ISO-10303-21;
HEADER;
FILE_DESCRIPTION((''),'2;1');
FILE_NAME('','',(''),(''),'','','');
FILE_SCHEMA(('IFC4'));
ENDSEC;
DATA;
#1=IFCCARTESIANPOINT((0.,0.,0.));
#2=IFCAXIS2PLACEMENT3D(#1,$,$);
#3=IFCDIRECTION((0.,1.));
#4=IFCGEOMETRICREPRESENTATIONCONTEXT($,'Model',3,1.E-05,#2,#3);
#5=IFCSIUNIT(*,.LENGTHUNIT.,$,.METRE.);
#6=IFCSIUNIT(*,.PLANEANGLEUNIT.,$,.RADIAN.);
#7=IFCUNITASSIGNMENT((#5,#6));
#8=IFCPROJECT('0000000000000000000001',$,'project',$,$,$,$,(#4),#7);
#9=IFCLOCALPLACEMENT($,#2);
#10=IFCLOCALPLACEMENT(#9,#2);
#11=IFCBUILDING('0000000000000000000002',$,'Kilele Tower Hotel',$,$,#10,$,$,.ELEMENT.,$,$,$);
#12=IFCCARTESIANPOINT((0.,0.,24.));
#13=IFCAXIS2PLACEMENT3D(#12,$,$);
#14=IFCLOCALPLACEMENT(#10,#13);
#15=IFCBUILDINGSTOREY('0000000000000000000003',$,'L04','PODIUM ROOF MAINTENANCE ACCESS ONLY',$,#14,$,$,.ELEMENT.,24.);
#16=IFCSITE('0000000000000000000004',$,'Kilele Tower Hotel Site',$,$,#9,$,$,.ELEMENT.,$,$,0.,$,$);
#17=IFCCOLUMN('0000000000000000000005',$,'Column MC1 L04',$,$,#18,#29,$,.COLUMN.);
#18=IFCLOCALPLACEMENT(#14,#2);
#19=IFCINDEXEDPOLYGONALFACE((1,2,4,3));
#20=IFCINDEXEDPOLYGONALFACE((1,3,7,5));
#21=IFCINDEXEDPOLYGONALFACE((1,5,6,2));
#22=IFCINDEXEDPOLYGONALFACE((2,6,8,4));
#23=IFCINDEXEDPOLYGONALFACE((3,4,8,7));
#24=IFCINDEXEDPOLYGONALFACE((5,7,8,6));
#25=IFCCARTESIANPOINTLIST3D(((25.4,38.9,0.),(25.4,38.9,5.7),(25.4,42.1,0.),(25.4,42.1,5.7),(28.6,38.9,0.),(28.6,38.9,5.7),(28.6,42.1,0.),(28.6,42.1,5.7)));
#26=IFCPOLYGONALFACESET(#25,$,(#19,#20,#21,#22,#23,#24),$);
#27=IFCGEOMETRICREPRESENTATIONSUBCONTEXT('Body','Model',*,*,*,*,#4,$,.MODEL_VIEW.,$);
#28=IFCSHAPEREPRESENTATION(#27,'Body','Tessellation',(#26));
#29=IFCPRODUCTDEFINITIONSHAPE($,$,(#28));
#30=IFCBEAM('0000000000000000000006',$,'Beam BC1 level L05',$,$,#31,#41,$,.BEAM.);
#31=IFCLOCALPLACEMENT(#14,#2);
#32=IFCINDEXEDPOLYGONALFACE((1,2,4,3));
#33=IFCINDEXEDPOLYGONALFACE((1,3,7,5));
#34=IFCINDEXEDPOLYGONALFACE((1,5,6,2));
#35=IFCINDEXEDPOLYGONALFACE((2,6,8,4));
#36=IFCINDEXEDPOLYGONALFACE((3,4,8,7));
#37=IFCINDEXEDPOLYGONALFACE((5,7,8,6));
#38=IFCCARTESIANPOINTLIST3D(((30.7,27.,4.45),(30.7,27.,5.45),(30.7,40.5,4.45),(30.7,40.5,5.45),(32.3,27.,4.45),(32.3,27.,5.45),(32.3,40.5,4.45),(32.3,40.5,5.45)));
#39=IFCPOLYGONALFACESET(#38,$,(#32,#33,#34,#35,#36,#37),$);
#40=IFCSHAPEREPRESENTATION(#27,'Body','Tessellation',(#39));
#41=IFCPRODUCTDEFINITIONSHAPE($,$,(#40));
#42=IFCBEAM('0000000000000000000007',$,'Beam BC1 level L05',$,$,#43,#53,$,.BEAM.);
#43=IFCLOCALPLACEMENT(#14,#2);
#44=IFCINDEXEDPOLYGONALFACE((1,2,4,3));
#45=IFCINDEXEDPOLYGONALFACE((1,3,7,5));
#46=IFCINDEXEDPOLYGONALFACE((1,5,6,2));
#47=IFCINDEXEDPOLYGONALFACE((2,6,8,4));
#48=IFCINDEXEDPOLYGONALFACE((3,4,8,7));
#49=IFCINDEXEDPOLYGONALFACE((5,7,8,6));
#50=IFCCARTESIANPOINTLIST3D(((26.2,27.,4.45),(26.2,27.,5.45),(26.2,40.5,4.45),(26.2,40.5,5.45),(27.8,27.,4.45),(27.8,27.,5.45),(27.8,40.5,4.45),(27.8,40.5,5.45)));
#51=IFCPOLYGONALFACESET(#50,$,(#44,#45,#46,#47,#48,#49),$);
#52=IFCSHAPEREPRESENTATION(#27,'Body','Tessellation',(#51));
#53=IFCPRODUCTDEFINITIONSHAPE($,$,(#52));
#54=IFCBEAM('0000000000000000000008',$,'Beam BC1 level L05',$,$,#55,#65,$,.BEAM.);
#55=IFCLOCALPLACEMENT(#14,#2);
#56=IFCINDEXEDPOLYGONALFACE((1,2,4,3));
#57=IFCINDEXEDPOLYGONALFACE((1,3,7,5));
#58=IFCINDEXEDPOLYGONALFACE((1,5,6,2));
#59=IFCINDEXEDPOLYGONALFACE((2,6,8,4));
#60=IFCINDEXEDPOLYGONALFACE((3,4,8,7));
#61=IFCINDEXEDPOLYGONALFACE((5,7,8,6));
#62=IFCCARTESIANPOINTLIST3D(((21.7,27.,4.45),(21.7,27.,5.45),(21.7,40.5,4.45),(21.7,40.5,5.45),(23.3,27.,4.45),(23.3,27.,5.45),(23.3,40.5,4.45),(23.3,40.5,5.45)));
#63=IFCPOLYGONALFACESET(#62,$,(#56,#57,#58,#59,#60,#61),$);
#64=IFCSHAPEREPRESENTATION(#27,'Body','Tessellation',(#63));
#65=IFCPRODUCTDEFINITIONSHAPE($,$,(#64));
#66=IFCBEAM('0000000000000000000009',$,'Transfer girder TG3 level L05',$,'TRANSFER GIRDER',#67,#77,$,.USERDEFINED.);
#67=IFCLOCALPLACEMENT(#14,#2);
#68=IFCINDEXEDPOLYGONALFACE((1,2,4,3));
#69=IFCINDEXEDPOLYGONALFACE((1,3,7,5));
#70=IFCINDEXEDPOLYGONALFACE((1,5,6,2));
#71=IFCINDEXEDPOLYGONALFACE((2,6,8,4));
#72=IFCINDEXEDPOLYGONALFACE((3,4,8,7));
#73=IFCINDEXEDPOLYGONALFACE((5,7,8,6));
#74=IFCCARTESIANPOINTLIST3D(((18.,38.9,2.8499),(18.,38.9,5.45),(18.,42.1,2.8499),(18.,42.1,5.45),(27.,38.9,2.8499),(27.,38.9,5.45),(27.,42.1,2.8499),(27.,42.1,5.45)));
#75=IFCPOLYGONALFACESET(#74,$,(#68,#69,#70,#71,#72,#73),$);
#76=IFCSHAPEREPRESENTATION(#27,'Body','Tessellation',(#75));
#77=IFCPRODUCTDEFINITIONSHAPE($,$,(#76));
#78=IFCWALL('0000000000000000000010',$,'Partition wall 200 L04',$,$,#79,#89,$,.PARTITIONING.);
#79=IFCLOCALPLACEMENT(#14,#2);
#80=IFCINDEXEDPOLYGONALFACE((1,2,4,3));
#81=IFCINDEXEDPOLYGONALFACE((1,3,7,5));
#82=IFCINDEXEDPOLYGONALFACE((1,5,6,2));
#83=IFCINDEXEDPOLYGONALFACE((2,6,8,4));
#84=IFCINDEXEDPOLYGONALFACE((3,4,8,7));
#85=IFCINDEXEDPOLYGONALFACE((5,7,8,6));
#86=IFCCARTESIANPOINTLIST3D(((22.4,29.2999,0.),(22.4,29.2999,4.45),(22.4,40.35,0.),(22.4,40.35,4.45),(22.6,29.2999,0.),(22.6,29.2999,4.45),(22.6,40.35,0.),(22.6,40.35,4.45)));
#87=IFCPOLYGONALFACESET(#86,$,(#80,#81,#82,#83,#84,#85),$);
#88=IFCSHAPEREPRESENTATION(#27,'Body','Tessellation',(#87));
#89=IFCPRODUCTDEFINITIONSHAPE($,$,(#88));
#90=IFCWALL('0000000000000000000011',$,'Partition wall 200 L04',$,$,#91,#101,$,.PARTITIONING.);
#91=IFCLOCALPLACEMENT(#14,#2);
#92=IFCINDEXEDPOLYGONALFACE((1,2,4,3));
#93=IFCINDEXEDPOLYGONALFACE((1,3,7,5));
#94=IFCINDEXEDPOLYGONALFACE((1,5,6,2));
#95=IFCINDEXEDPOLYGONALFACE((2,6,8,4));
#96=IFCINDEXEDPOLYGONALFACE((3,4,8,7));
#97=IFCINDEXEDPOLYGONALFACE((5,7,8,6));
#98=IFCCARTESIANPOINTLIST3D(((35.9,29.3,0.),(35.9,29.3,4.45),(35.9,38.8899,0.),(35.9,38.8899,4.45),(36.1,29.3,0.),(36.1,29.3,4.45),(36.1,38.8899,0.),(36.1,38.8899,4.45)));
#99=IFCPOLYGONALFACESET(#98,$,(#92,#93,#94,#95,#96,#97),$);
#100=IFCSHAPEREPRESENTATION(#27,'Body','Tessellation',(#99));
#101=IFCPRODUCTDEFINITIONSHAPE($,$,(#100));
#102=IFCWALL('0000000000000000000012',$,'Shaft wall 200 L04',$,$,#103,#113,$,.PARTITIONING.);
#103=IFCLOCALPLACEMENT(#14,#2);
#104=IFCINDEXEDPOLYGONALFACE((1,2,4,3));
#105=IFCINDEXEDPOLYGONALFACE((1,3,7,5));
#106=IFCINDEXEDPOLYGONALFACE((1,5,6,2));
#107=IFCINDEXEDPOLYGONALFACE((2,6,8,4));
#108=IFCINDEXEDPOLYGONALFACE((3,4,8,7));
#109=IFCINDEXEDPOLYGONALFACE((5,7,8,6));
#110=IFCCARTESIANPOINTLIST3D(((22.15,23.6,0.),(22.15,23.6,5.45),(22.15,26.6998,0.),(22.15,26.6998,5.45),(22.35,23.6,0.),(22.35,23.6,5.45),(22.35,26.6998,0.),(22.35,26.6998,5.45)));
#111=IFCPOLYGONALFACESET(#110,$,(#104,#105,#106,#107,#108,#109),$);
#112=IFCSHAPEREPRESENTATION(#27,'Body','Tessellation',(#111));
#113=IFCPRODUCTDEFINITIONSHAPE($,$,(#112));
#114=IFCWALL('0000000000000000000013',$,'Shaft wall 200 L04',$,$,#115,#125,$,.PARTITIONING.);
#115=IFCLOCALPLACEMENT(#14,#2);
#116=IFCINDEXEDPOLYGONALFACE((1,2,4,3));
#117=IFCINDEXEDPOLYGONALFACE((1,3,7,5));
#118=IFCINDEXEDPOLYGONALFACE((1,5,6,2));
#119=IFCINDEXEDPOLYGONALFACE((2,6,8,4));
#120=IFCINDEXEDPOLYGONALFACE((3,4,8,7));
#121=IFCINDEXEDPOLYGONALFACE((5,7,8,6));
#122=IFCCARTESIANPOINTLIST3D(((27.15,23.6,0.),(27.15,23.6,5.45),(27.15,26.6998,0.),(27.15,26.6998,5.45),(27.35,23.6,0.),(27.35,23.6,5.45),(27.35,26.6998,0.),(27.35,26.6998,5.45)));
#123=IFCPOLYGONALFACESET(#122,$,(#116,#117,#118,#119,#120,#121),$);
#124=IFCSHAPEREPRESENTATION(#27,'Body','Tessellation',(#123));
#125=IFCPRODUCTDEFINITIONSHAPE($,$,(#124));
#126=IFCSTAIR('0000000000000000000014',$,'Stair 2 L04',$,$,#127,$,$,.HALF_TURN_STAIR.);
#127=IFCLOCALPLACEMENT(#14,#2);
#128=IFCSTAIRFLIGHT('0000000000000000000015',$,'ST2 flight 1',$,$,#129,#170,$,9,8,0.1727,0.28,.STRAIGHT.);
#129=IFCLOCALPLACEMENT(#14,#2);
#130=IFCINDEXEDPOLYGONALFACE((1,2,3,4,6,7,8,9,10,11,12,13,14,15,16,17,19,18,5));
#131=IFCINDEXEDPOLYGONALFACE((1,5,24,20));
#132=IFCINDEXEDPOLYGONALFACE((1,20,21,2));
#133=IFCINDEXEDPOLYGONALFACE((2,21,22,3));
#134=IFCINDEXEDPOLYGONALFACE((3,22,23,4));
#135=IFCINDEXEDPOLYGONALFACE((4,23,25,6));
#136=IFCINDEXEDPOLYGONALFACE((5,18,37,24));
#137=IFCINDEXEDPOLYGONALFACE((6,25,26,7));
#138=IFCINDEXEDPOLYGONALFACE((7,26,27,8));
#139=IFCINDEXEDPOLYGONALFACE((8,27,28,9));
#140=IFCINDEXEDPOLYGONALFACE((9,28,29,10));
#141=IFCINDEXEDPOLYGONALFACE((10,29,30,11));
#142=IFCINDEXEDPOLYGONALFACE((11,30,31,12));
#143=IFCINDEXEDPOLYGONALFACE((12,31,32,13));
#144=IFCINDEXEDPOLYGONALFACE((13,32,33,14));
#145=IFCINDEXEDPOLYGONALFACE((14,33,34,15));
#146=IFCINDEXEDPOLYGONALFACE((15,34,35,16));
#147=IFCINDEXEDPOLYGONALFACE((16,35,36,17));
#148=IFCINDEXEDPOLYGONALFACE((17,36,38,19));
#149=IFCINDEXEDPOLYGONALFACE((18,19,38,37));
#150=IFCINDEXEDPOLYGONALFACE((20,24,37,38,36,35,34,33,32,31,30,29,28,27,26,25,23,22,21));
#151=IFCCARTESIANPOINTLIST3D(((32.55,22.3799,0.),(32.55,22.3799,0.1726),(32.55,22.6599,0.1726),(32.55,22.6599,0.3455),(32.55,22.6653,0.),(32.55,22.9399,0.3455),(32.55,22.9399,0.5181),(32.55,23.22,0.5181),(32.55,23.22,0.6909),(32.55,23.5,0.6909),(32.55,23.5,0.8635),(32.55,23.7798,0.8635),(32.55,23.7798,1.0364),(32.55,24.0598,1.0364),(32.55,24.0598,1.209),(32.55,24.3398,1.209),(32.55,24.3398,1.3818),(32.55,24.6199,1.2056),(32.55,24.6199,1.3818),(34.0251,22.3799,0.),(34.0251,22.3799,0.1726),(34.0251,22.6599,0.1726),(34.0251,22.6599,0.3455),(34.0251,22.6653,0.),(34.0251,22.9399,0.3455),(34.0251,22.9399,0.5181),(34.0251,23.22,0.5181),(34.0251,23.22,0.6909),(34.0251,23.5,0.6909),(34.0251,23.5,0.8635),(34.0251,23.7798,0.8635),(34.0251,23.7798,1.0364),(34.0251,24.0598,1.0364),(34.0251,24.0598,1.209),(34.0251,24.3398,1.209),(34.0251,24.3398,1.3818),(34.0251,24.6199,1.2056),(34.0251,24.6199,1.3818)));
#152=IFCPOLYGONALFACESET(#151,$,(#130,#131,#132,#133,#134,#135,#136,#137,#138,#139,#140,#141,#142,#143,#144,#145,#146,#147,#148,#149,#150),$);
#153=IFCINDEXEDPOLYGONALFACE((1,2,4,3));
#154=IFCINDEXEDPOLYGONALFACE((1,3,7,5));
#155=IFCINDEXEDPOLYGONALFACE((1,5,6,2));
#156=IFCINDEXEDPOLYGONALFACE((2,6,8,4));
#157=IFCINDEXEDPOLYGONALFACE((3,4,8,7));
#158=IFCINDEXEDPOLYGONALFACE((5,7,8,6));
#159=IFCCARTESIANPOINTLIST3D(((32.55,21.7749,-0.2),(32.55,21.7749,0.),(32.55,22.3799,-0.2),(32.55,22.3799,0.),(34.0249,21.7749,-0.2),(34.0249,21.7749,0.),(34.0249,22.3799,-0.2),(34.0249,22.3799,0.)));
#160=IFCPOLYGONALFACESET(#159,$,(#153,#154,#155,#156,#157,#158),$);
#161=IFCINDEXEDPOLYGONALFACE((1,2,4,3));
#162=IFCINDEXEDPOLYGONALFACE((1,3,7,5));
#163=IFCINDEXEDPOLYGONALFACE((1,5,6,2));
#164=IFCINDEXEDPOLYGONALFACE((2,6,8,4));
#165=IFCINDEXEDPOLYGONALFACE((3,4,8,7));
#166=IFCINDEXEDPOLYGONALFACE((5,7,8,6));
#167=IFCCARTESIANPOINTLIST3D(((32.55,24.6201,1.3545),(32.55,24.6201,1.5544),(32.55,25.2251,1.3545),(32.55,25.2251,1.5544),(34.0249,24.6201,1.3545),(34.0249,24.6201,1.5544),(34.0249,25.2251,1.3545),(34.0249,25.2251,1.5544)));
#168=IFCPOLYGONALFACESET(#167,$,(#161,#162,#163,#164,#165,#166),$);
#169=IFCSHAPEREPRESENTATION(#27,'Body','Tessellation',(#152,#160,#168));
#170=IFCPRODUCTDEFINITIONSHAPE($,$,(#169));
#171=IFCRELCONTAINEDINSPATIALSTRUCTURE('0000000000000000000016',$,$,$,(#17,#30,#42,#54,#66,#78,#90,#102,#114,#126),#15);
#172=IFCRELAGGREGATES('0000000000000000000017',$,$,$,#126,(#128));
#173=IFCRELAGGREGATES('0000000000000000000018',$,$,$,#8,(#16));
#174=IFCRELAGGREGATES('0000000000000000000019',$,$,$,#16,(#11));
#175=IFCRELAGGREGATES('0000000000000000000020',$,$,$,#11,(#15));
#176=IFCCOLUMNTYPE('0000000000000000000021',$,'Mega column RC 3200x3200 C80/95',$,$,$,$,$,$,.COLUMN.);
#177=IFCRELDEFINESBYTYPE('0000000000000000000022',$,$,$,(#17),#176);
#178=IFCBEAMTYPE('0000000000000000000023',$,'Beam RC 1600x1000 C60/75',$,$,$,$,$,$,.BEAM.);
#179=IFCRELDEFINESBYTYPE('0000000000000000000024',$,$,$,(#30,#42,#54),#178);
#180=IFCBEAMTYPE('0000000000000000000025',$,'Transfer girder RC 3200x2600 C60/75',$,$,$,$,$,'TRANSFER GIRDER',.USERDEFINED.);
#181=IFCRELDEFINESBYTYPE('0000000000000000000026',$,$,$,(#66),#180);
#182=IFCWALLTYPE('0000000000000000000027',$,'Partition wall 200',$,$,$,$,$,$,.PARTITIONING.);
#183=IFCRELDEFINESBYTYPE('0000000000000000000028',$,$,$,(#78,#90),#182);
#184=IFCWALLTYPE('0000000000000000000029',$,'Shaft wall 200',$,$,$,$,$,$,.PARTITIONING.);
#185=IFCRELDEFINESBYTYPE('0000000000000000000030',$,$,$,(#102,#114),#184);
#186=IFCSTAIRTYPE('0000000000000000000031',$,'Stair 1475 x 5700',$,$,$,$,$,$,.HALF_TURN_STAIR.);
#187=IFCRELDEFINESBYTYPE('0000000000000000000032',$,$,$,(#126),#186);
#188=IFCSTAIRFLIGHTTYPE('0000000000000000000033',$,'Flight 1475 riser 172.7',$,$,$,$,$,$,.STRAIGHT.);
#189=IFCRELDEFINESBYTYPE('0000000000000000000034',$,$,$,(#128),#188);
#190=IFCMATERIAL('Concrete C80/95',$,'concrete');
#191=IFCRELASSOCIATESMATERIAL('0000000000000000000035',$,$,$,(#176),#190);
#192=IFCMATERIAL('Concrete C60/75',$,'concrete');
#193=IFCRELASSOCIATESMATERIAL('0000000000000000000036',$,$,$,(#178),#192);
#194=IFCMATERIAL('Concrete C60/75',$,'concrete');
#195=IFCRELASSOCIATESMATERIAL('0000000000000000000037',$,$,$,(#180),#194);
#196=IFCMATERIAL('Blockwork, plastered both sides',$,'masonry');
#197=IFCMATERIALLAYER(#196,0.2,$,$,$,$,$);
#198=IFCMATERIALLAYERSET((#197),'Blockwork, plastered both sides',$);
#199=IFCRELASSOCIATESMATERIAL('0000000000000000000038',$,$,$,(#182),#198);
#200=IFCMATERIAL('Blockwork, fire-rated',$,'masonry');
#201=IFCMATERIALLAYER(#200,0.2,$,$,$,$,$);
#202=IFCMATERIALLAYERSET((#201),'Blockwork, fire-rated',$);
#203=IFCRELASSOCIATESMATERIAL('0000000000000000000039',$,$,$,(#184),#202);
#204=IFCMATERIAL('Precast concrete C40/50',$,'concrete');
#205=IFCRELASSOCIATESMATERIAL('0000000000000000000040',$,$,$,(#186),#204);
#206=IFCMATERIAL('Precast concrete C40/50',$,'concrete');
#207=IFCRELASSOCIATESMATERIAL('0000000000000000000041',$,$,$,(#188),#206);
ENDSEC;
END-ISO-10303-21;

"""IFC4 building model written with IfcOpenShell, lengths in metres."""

from ifc_helpers import new_model, si_unit, direction, frame, frame_2d, origin, origin_2d, place, context, subcontext, project, spatial, polyline, rectangle, outline, extrude, material, layer, layer_set, material_profile, profile_set, type_object, element, aggregate, save


model = new_model("IFC4")

# Units and contexts
model_context = context("Model", 3, precision=1e-05, world=origin(), true_north=direction((0.0, 1.0)))
body_context = subcontext(model_context, "Body", "Model", "MODEL_VIEW")
ifc_project = project(units=[si_unit("LENGTHUNIT", "METRE"), si_unit("PLANEANGLEUNIT", "RADIAN")], contexts=[model_context])

# Site, building, storey
site_placement = place(None, origin())
site = spatial("IfcSite", under=ifc_project, at=site_placement, Name="Kilele Tower Hotel Site", CompositionType="ELEMENT", RefElevation=0.0)
building_placement = place(site_placement, origin())
building = spatial("IfcBuilding", under=site, at=building_placement, Name="Kilele Tower Hotel", CompositionType="ELEMENT")
storey_placement = place(building_placement, frame((0.0, 0.0, 24.0)))
storey = spatial("IfcBuildingStorey", under=building, at=storey_placement, Name="L04", Description="PODIUM ROOF MAINTENANCE ACCESS ONLY", CompositionType="ELEMENT", Elevation=24.0)

# Column
ifc_material_1 = material(Name="Concrete C80/95", Category="concrete")
ifc_material_profile_1 = material_profile(ifc_material_1, rectangle(XDim=3.2, YDim=3.2, at=origin_2d()))
ifc_profile_set_1 = profile_set([ifc_material_profile_1], Name="Concrete C80/95")
column_type = type_object("IfcColumnType", Name="Mega column RC 3200x3200 C80/95", PredefinedType="COLUMN", material=ifc_profile_set_1)
column_placement = place(storey_placement, frame((27.0, 40.5, 0.0), z_axis=(0.0, 0.0, 1.0), x_axis=(1.0, 0.0, 0.0)))
element("IfcColumn", 1, at=column_placement, inside=storey, type_object=column_type, Name="Column MC1 L04", PredefinedType="COLUMN", context=body_context, shape_type="SweptSolid", body=[
    extrude(rectangle(XDim=3.2, YDim=3.2, at=origin_2d()), origin(), (0.0, 0.0, 1.0), 5.7),
])

# Beams
ifc_material_2 = material(Name="Concrete C60/75", Category="concrete")
ifc_material_profile_2 = material_profile(ifc_material_2, rectangle(XDim=1.6001, YDim=1.0, at=origin_2d()))
ifc_profile_set_2 = profile_set([ifc_material_profile_2], Name="Concrete C60/75")
beam_type_1 = type_object("IfcBeamType", Name="Beam RC 1600x1000 C60/75", PredefinedType="BEAM", material=ifc_profile_set_2)
for number, where, z_axis, x_axis, name in (
    (2, (31.5, 40.5, 4.95), (0.0, -1.0, 0.0), (1.0, 0.0, 0.0), "Beam BC1 level L05"),
    (3, (27.0, 40.5, 4.95), (0.0, -1.0, 0.0), (1.0, 0.0, 0.0), "Beam BC1 level L05"),
    (4, (22.5, 40.5, 4.95), (0.0, -1.0, 0.0), (1.0, 0.0, 0.0), "Beam BC1 level L05"),
):
    element("IfcBeam", number, at=place(storey_placement, frame(where, z_axis=z_axis, x_axis=x_axis)), inside=storey, type_object=beam_type_1, Name=name, PredefinedType="BEAM", context=body_context, shape_type="SweptSolid", body=[
        extrude(rectangle(XDim=1.6001, YDim=1.0, at=origin_2d()), origin(), (0.0, 0.0, 1.0), 13.5),
    ])
ifc_material_3 = material(Name="Concrete C60/75", Category="concrete")
ifc_material_profile_3 = material_profile(ifc_material_3, rectangle(XDim=3.2, YDim=2.6001, at=origin_2d()))
ifc_profile_set_3 = profile_set([ifc_material_profile_3], Name="Concrete C60/75")
beam_type_2 = type_object("IfcBeamType", Name="Transfer girder RC 3200x2600 C60/75", ElementType="TRANSFER GIRDER", PredefinedType="USERDEFINED", material=ifc_profile_set_3)
beam_placement = place(storey_placement, frame((27.0, 40.5, 4.1499), z_axis=(-1.0, 0.0, 0.0), x_axis=(0.0, -1.0, 0.0)))
element("IfcBeam", 5, at=beam_placement, inside=storey, type_object=beam_type_2, Name="Transfer girder TG3 level L05", ObjectType="TRANSFER GIRDER", PredefinedType="USERDEFINED", context=body_context, shape_type="SweptSolid", body=[
    extrude(rectangle(XDim=3.2, YDim=2.6001, at=origin_2d()), origin(), (0.0, 0.0, 1.0), 9.0),
])

# Walls
ifc_material_4 = material(Name="Blockwork, plastered both sides", Category="masonry")
ifc_layer_1 = layer(ifc_material_4, 0.2)
ifc_layer_set_1 = layer_set([ifc_layer_1], Name="Blockwork, plastered both sides")
wall_type_1 = type_object("IfcWallType", Name="Partition wall 200", PredefinedType="PARTITIONING", material=ifc_layer_set_1)
wall_1_placement = place(storey_placement, frame((22.5, 29.3, 0.0), z_axis=(0.0, 0.0, 1.0), x_axis=(0.0, 1.0, 0.0)))
element("IfcWall", 6, at=wall_1_placement, inside=storey, type_object=wall_type_1, Name="Partition wall 200 L04", PredefinedType="PARTITIONING", context=body_context, shape_type="SweptSolid", body=[
    extrude(rectangle(XDim=11.05, YDim=0.2, at=frame_2d((5.5249, 0.0))), origin(), (0.0, 0.0, 1.0), 4.45),
])
wall_2_placement = place(storey_placement, frame((36.0, 29.3, 0.0), z_axis=(0.0, 0.0, 1.0), x_axis=(0.0, 1.0, 0.0)))
element("IfcWall", 7, at=wall_2_placement, inside=storey, type_object=wall_type_1, Name="Partition wall 200 L04", PredefinedType="PARTITIONING", context=body_context, shape_type="SweptSolid", body=[
    extrude(rectangle(XDim=9.5898, YDim=0.2, at=frame_2d((4.7949, 0.0))), origin(), (0.0, 0.0, 1.0), 4.45),
])
ifc_material_5 = material(Name="Blockwork, fire-rated", Category="masonry")
ifc_layer_2 = layer(ifc_material_5, 0.2)
ifc_layer_set_2 = layer_set([ifc_layer_2], Name="Blockwork, fire-rated")
wall_type_2 = type_object("IfcWallType", Name="Shaft wall 200", PredefinedType="PARTITIONING", material=ifc_layer_set_2)
for number, where, z_axis, x_axis, name in (
    (8, (22.25, 23.6001, 0.0), (0.0, 0.0, 1.0), (0.0, 1.0, 0.0), "Shaft wall 200 L04"),
    (9, (27.25, 23.6001, 0.0), (0.0, 0.0, 1.0), (0.0, 1.0, 0.0), "Shaft wall 200 L04"),
):
    element("IfcWall", number, at=place(storey_placement, frame(where, z_axis=z_axis, x_axis=x_axis)), inside=storey, type_object=wall_type_2, Name=name, PredefinedType="PARTITIONING", context=body_context, shape_type="SweptSolid", body=[
        extrude(rectangle(XDim=3.0999, YDim=0.2, at=frame_2d((1.5498, 0.0))), origin(), (0.0, 0.0, 1.0), 5.45),
    ])

# Stair, stair flight
ifc_material_6 = material(Name="Precast concrete C40/50", Category="concrete")
stair_type = type_object("IfcStairType", Name="Stair 1475 x 5700", PredefinedType="HALF_TURN_STAIR", material=ifc_material_6)
stair_placement = place(storey_placement, origin())
stair = element("IfcStair", 10, at=stair_placement, inside=storey, type_object=stair_type, Name="Stair 2 L04", PredefinedType="HALF_TURN_STAIR")
ifc_material_7 = material(Name="Precast concrete C40/50", Category="concrete")
stair_flight_type = type_object("IfcStairFlightType", Name="Flight 1475 riser 172.7", PredefinedType="STRAIGHT", material=ifc_material_7)
stair_flight_1_placement = place(storey_placement, frame((33.2876, 22.3799, 0.0), z_axis=(0.0, 0.0, 1.0), x_axis=(0.0, 1.0, 0.0)))
stair_flight_1 = element("IfcStairFlight", 11, at=stair_flight_1_placement, type_object=stair_flight_type, Name="ST2 flight 1", NumberOfRisers=9, NumberOfTreads=8, PredefinedType="STRAIGHT", RiserHeight=0.1727, TreadLength=0.28, context=body_context, shape_type="SweptSolid", body=[
    extrude(outline(polyline([(0.0, 0.0), (0.0, 0.1726), (0.28, 0.1726), (0.28, 0.3455), (0.5601, 0.3455), (0.5601, 0.5181), (0.8401, 0.5181), (0.8401, 0.6909), (1.1201, 0.6909), (1.1201, 0.8635), (1.3999, 0.8635), (1.3999, 1.0364), (1.6799, 1.0364), (1.6799, 1.209), (1.96, 1.209), (1.96, 1.3818), (2.24, 1.3818), (2.24, 1.5544), (2.24, 1.2056), (0.2854, 0.0), (0.0, 0.0)])), frame((0.0, 0.7375, 0.0), z_axis=(0.0, -1.0, 0.0), x_axis=(1.0, 0.0, 0.0)), (0.0, 0.0, 1.0), 1.4751),
    extrude(outline(polyline([(-0.605, 0.7375), (-0.605, -0.7373), (0.0, -0.7373), (0.0, 0.7375), (-0.605, 0.7375)])), frame((0.0, 0.0, -0.2)), (0.0, 0.0, 1.0), 0.2),
    extrude(outline(polyline([(2.2402, 0.7375), (2.2402, -0.7373), (2.8452, -0.7373), (2.8452, 0.7375), (2.2402, 0.7375)])), frame((0.0, 0.0, 1.3545)), (0.0, 0.0, 1.0), 0.2),
])
aggregate(stair, [stair_flight_1])

save(model, "model.ifc")
